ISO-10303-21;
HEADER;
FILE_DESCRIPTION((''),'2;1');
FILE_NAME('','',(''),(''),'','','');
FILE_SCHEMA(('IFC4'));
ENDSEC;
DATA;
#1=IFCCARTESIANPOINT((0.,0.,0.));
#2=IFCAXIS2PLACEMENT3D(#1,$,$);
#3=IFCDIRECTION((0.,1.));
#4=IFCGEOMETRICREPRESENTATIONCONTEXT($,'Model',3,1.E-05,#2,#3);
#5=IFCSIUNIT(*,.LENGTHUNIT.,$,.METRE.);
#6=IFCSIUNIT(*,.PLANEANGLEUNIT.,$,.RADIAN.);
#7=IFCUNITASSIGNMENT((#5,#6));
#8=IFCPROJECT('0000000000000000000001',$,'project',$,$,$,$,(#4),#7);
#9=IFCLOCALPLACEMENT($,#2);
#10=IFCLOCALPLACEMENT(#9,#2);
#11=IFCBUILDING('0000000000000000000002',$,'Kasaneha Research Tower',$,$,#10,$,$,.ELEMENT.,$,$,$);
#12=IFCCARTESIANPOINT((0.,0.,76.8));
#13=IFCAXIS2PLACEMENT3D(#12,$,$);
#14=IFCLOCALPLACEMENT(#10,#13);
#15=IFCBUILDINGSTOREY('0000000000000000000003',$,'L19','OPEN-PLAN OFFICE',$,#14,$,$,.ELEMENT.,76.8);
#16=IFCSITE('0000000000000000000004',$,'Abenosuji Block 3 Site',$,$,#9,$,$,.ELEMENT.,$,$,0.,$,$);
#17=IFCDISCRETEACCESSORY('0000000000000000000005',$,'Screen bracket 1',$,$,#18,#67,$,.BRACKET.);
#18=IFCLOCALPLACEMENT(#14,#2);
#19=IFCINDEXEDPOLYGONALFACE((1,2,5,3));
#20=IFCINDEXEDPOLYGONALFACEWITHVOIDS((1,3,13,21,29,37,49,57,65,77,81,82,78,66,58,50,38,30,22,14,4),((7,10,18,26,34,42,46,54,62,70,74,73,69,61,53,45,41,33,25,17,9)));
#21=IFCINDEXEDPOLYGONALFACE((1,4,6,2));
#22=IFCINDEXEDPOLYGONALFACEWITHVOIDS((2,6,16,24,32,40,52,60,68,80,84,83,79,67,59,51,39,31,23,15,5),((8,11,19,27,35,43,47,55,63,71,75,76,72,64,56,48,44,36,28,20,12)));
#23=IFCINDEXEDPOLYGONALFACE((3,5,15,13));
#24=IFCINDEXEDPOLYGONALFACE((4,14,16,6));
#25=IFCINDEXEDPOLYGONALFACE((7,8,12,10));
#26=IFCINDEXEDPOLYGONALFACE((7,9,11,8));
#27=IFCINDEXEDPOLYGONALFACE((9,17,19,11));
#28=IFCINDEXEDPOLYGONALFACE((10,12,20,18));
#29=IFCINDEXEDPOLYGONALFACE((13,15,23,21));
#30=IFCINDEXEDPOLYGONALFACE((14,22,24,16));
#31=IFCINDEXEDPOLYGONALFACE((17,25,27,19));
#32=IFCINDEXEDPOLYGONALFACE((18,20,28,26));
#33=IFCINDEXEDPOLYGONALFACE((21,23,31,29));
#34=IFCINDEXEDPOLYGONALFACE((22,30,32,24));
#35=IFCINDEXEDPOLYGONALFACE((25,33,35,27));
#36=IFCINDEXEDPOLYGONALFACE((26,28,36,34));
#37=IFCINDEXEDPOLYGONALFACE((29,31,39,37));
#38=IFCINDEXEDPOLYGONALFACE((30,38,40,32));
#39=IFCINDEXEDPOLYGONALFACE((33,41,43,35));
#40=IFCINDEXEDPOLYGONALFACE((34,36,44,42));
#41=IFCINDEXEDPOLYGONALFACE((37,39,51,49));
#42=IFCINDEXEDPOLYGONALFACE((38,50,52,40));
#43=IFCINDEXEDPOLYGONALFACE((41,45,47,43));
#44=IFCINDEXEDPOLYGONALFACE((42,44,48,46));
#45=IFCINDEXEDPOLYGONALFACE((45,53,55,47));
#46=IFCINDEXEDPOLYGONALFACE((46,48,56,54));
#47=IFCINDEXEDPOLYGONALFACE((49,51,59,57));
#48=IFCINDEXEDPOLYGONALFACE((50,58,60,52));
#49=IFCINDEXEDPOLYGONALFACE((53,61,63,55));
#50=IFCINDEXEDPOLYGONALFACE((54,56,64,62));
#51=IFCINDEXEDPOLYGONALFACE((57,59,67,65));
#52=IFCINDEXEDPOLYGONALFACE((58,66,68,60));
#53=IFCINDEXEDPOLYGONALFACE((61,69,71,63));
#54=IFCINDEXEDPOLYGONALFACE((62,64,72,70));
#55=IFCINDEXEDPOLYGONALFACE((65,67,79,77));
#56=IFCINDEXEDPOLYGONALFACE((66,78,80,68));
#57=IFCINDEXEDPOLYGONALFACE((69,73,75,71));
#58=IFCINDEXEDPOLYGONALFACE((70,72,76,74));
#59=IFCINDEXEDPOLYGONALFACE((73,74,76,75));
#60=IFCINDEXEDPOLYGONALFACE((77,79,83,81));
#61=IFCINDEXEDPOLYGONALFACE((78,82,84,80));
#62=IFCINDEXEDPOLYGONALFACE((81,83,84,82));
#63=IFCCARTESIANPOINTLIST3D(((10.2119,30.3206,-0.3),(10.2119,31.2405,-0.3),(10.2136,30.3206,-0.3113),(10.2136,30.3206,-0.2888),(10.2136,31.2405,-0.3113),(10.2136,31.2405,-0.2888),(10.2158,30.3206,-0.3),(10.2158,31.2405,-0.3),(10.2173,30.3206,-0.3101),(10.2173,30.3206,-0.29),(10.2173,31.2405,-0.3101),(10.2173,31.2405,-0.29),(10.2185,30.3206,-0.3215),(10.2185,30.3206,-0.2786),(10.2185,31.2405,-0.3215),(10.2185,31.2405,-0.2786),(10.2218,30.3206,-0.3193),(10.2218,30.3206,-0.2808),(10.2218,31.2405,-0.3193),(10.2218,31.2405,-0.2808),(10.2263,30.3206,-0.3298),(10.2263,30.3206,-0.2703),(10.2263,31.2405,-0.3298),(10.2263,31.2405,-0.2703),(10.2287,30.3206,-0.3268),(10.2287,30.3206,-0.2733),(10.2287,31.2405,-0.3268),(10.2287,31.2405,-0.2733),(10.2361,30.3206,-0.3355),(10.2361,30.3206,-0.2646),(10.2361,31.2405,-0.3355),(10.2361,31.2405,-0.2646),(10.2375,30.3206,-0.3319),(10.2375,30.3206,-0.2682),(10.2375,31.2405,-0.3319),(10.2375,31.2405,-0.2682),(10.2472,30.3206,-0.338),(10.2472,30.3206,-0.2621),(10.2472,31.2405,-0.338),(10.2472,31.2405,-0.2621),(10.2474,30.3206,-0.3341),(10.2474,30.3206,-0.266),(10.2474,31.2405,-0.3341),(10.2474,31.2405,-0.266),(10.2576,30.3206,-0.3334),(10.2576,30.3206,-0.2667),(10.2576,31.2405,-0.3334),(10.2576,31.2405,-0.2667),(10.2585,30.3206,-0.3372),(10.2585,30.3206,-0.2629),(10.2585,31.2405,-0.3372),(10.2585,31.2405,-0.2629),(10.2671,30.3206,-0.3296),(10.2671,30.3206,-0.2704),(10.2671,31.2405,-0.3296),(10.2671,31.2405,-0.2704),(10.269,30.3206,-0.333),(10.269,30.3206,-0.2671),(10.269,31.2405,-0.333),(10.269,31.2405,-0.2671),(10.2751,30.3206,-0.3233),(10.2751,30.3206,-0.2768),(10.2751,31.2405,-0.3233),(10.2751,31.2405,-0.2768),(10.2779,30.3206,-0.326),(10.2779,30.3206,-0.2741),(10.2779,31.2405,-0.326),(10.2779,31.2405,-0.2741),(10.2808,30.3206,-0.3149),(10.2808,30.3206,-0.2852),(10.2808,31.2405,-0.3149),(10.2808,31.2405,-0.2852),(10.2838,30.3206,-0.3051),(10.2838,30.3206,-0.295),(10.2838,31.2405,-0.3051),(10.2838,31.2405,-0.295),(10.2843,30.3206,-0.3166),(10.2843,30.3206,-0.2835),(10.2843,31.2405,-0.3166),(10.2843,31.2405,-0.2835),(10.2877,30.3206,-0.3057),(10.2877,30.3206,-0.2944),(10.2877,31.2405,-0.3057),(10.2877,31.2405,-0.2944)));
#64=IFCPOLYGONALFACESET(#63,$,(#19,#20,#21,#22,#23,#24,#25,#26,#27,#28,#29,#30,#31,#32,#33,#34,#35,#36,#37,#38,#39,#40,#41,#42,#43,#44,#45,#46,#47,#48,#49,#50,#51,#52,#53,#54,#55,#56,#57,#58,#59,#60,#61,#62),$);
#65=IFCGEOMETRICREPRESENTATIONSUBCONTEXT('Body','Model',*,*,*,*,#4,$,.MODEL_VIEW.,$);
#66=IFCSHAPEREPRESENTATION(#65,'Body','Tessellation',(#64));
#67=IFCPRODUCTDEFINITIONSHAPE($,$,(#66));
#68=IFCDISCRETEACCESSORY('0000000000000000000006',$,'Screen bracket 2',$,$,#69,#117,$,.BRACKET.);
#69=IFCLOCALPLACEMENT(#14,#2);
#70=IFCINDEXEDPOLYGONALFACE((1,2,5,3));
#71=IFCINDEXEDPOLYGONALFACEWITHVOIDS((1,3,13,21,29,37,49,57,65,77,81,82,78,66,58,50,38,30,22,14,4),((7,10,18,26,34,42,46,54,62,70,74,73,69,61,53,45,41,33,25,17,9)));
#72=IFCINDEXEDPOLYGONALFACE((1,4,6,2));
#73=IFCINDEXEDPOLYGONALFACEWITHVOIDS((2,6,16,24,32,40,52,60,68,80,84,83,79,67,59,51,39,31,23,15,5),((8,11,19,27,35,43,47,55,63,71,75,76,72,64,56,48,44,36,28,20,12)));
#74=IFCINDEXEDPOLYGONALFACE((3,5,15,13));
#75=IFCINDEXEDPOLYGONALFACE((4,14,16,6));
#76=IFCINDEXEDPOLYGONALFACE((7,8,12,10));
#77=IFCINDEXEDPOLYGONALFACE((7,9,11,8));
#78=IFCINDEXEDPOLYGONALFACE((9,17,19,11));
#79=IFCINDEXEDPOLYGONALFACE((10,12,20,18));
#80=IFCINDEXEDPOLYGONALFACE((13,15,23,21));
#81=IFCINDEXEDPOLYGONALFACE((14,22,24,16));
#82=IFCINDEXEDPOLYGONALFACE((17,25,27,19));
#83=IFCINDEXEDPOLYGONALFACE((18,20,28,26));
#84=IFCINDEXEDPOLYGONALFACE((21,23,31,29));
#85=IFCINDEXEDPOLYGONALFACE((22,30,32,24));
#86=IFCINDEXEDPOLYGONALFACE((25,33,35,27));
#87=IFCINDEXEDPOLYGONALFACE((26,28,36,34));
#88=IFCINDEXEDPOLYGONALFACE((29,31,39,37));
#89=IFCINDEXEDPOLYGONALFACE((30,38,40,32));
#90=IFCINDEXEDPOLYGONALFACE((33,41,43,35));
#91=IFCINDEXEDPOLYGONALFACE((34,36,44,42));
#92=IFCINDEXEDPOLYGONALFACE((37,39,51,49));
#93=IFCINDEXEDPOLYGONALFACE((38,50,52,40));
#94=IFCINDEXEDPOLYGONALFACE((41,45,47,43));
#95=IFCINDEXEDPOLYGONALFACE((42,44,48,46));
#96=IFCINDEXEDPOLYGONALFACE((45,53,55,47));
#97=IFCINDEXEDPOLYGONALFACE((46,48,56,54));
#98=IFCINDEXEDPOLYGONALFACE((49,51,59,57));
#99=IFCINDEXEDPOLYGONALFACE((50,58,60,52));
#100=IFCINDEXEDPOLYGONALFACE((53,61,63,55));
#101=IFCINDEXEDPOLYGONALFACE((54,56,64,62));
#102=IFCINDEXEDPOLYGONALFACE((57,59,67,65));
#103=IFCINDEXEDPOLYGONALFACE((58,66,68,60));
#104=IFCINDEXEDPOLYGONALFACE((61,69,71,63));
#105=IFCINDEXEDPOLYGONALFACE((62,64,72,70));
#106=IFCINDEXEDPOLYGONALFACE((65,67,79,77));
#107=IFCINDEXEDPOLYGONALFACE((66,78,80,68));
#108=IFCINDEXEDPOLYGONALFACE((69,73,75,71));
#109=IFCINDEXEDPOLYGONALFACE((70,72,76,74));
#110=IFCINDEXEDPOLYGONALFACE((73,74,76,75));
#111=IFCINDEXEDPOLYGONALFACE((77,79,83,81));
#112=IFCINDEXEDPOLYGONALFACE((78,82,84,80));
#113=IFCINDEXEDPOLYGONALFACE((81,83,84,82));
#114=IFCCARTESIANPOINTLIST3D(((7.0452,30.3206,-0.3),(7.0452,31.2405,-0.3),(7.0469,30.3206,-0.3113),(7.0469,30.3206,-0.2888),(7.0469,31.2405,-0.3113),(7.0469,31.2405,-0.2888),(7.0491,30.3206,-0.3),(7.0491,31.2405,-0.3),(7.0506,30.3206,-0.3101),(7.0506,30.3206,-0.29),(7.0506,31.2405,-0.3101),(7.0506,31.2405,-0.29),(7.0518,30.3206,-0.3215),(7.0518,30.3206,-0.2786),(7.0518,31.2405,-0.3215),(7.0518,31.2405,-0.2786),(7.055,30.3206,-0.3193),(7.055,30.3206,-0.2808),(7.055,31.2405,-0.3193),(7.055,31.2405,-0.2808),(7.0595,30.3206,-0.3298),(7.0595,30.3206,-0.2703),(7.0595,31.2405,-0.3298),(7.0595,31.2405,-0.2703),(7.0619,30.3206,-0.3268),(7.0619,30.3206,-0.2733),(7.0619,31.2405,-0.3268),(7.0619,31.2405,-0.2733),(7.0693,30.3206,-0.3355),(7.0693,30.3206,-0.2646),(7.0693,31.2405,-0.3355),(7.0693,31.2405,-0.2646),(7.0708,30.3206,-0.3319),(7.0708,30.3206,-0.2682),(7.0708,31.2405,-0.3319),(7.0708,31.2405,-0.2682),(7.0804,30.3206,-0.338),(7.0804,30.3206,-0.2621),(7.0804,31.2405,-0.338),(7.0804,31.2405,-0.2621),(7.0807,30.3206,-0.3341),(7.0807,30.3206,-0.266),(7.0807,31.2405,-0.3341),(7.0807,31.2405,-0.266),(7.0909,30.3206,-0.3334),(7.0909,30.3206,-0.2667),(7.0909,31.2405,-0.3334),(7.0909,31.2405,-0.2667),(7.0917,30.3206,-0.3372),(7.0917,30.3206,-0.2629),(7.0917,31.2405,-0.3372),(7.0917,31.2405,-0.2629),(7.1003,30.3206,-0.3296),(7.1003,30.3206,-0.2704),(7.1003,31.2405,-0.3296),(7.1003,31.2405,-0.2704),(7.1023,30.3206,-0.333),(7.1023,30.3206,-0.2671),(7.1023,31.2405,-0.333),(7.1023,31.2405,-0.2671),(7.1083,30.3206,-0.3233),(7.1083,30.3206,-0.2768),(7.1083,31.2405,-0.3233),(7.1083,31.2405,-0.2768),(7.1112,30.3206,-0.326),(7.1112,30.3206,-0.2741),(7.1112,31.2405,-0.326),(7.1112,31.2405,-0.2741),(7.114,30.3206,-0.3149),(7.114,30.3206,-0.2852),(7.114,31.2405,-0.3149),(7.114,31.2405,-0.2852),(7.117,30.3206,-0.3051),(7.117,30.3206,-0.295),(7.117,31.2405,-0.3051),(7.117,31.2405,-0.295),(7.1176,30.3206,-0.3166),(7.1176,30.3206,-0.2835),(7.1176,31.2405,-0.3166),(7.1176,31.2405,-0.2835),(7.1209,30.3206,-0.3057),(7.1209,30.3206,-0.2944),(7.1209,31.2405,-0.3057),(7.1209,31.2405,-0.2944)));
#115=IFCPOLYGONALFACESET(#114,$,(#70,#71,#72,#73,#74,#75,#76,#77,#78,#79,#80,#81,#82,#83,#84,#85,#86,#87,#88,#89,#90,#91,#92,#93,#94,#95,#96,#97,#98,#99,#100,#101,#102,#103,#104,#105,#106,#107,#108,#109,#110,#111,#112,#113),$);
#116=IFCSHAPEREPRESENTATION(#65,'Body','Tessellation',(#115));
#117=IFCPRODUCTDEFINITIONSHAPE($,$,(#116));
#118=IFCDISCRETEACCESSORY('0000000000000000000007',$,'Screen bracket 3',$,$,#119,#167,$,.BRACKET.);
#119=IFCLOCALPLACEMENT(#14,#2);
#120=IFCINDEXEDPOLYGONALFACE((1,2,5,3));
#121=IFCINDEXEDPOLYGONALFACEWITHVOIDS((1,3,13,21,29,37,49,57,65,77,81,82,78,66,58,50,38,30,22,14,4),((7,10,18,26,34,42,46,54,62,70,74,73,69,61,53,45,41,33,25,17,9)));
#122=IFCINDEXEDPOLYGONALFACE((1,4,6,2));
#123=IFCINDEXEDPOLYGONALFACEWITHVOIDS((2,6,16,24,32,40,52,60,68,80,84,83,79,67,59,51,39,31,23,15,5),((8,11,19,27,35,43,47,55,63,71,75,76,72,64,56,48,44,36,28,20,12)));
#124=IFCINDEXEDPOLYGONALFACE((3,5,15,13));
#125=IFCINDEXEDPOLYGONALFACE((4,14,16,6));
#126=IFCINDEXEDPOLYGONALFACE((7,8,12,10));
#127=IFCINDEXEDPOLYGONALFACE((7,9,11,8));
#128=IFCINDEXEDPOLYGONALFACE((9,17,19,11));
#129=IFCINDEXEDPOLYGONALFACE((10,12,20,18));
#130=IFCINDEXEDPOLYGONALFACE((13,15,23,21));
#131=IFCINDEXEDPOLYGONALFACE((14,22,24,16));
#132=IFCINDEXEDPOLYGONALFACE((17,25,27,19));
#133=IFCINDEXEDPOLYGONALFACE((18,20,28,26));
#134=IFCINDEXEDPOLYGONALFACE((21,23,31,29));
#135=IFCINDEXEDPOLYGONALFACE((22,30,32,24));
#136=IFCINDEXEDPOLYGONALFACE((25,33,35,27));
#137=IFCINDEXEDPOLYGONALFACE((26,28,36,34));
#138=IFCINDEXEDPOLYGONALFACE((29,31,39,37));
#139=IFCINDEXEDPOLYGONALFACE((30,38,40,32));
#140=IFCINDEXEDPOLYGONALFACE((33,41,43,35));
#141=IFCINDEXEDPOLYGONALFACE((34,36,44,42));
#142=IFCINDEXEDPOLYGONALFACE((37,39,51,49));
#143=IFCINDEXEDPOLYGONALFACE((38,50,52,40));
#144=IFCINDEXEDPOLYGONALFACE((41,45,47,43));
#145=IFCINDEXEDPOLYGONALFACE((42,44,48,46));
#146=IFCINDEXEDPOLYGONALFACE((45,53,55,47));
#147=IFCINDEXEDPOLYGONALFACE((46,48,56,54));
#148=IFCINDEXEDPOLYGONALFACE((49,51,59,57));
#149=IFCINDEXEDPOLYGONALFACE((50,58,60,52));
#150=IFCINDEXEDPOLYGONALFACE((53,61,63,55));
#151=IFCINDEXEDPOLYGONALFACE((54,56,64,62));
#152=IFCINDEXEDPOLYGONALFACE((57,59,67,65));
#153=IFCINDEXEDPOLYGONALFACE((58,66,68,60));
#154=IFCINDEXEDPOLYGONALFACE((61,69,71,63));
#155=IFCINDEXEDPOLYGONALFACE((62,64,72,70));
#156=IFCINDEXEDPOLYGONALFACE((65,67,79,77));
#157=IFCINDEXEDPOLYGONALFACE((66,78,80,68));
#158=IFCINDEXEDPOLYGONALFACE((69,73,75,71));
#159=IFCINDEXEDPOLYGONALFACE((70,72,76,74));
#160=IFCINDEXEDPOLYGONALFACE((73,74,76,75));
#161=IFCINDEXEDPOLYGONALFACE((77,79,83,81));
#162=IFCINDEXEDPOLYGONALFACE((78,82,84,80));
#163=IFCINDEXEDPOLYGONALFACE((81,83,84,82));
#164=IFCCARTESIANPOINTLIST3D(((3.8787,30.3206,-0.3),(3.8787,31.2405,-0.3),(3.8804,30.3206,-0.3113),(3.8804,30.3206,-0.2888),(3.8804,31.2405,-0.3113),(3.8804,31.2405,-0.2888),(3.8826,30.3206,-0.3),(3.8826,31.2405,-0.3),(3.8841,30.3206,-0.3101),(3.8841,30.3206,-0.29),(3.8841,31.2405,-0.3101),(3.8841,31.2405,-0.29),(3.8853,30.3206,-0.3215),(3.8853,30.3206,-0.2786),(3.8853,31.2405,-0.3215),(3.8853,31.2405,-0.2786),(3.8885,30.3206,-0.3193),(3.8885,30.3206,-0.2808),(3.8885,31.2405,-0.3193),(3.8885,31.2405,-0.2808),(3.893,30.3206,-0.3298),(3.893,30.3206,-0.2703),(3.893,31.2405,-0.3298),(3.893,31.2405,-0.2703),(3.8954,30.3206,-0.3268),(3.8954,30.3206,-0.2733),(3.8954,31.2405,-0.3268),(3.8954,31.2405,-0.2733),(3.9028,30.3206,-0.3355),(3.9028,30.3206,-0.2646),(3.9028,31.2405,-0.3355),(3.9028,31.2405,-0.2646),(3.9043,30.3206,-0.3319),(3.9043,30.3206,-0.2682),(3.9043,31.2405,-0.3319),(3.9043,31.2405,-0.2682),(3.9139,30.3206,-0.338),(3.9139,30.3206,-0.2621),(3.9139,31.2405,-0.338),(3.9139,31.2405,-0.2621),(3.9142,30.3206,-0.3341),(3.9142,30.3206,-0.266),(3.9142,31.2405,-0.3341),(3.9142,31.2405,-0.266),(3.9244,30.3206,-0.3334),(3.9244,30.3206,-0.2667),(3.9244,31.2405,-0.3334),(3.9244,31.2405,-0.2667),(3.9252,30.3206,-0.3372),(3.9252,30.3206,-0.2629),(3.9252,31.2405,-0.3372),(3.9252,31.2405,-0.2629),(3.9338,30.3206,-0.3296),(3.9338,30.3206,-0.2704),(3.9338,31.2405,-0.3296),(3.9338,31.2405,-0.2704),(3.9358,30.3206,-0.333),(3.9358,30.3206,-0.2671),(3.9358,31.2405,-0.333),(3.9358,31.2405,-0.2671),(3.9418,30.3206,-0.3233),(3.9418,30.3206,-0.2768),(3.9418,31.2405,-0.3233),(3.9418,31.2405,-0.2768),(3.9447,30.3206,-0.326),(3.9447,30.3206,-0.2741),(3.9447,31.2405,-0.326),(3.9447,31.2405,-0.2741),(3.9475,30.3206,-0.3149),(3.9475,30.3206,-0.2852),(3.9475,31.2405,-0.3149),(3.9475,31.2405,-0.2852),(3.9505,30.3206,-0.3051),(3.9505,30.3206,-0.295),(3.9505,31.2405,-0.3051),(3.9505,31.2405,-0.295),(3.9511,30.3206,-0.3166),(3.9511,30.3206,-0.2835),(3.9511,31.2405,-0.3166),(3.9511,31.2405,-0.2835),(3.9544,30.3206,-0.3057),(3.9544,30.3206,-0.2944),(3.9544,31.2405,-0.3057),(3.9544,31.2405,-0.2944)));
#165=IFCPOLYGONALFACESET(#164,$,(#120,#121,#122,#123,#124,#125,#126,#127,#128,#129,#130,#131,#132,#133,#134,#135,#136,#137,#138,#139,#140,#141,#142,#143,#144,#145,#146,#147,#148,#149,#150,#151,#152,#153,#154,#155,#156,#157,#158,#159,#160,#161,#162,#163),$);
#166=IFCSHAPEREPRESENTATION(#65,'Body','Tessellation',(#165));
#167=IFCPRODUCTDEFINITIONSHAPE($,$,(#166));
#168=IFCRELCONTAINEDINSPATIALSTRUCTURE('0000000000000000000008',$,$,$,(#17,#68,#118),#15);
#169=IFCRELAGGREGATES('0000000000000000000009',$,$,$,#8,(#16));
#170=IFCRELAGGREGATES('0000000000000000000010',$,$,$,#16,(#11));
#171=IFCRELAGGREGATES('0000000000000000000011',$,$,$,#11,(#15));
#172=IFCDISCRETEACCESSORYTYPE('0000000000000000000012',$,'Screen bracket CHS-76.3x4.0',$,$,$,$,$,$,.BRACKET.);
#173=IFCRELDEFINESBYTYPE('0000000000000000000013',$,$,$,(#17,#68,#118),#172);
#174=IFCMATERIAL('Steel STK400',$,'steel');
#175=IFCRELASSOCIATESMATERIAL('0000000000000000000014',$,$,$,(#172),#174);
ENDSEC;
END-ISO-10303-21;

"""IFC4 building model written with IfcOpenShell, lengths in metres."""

from ifc_helpers import new_model, si_unit, direction, frame, origin, origin_2d, place, context, subcontext, project, spatial, hollow_circle, extrude, material, material_profile, profile_set, type_object, element, save


model = new_model("IFC4")

# Units and contexts
model_context = context("Model", 3, precision=1e-05, world=origin(), true_north=direction((0.0, 1.0)))
body_context = subcontext(model_context, "Body", "Model", "MODEL_VIEW")
ifc_project = project(units=[si_unit("LENGTHUNIT", "METRE"), si_unit("PLANEANGLEUNIT", "RADIAN")], contexts=[model_context])

# Site, building, storey
site_placement = place(None, origin())
site = spatial("IfcSite", under=ifc_project, at=site_placement, Name="Abenosuji Block 3 Site", CompositionType="ELEMENT", RefElevation=0.0)
building_placement = place(site_placement, origin())
building = spatial("IfcBuilding", under=site, at=building_placement, Name="Kasaneha Research Tower", CompositionType="ELEMENT")
storey_placement = place(building_placement, frame((0.0, 0.0, 76.8)))
storey = spatial("IfcBuildingStorey", under=building, at=storey_placement, Name="L19", Description="OPEN-PLAN OFFICE", CompositionType="ELEMENT", Elevation=76.8)

# Discrete accessories
ifc_material_1 = material(Name="Steel STK400", Category="steel")
ifc_material_profile_1 = material_profile(ifc_material_1, hollow_circle(Radius=0.0381, WallThickness=0.0039, at=origin_2d()), Name="CHS-76.3x4.0")
ifc_profile_set_1 = profile_set([ifc_material_profile_1], Name="Steel STK400")
discrete_accessory_type = type_object("IfcDiscreteAccessoryType", Name="Screen bracket CHS-76.3x4.0", PredefinedType="BRACKET", material=ifc_profile_set_1)
for number, where, z_axis, x_axis, name in (
    (1, (10.25, 30.3206, -0.3), (0.0, 1.0, 0.0), (-1.0, 0.0, 0.0), "Screen bracket 1"),
    (2, (7.0833, 30.3206, -0.3), (0.0, 1.0, 0.0), (-1.0, 0.0, 0.0), "Screen bracket 2"),
    (3, (3.9167, 30.3206, -0.3), (0.0, 1.0, 0.0), (-1.0, 0.0, 0.0), "Screen bracket 3"),
):
    element("IfcDiscreteAccessory", number, at=place(storey_placement, frame(where, z_axis=z_axis, x_axis=x_axis)), inside=storey, type_object=discrete_accessory_type, Name=name, PredefinedType="BRACKET", context=body_context, shape_type="SweptSolid", body=[
        extrude(hollow_circle(Radius=0.0381, WallThickness=0.0039, at=origin_2d()), origin(), (0.0, 0.0, 1.0), 0.9199),
    ])

save(model, "model.ifc")
